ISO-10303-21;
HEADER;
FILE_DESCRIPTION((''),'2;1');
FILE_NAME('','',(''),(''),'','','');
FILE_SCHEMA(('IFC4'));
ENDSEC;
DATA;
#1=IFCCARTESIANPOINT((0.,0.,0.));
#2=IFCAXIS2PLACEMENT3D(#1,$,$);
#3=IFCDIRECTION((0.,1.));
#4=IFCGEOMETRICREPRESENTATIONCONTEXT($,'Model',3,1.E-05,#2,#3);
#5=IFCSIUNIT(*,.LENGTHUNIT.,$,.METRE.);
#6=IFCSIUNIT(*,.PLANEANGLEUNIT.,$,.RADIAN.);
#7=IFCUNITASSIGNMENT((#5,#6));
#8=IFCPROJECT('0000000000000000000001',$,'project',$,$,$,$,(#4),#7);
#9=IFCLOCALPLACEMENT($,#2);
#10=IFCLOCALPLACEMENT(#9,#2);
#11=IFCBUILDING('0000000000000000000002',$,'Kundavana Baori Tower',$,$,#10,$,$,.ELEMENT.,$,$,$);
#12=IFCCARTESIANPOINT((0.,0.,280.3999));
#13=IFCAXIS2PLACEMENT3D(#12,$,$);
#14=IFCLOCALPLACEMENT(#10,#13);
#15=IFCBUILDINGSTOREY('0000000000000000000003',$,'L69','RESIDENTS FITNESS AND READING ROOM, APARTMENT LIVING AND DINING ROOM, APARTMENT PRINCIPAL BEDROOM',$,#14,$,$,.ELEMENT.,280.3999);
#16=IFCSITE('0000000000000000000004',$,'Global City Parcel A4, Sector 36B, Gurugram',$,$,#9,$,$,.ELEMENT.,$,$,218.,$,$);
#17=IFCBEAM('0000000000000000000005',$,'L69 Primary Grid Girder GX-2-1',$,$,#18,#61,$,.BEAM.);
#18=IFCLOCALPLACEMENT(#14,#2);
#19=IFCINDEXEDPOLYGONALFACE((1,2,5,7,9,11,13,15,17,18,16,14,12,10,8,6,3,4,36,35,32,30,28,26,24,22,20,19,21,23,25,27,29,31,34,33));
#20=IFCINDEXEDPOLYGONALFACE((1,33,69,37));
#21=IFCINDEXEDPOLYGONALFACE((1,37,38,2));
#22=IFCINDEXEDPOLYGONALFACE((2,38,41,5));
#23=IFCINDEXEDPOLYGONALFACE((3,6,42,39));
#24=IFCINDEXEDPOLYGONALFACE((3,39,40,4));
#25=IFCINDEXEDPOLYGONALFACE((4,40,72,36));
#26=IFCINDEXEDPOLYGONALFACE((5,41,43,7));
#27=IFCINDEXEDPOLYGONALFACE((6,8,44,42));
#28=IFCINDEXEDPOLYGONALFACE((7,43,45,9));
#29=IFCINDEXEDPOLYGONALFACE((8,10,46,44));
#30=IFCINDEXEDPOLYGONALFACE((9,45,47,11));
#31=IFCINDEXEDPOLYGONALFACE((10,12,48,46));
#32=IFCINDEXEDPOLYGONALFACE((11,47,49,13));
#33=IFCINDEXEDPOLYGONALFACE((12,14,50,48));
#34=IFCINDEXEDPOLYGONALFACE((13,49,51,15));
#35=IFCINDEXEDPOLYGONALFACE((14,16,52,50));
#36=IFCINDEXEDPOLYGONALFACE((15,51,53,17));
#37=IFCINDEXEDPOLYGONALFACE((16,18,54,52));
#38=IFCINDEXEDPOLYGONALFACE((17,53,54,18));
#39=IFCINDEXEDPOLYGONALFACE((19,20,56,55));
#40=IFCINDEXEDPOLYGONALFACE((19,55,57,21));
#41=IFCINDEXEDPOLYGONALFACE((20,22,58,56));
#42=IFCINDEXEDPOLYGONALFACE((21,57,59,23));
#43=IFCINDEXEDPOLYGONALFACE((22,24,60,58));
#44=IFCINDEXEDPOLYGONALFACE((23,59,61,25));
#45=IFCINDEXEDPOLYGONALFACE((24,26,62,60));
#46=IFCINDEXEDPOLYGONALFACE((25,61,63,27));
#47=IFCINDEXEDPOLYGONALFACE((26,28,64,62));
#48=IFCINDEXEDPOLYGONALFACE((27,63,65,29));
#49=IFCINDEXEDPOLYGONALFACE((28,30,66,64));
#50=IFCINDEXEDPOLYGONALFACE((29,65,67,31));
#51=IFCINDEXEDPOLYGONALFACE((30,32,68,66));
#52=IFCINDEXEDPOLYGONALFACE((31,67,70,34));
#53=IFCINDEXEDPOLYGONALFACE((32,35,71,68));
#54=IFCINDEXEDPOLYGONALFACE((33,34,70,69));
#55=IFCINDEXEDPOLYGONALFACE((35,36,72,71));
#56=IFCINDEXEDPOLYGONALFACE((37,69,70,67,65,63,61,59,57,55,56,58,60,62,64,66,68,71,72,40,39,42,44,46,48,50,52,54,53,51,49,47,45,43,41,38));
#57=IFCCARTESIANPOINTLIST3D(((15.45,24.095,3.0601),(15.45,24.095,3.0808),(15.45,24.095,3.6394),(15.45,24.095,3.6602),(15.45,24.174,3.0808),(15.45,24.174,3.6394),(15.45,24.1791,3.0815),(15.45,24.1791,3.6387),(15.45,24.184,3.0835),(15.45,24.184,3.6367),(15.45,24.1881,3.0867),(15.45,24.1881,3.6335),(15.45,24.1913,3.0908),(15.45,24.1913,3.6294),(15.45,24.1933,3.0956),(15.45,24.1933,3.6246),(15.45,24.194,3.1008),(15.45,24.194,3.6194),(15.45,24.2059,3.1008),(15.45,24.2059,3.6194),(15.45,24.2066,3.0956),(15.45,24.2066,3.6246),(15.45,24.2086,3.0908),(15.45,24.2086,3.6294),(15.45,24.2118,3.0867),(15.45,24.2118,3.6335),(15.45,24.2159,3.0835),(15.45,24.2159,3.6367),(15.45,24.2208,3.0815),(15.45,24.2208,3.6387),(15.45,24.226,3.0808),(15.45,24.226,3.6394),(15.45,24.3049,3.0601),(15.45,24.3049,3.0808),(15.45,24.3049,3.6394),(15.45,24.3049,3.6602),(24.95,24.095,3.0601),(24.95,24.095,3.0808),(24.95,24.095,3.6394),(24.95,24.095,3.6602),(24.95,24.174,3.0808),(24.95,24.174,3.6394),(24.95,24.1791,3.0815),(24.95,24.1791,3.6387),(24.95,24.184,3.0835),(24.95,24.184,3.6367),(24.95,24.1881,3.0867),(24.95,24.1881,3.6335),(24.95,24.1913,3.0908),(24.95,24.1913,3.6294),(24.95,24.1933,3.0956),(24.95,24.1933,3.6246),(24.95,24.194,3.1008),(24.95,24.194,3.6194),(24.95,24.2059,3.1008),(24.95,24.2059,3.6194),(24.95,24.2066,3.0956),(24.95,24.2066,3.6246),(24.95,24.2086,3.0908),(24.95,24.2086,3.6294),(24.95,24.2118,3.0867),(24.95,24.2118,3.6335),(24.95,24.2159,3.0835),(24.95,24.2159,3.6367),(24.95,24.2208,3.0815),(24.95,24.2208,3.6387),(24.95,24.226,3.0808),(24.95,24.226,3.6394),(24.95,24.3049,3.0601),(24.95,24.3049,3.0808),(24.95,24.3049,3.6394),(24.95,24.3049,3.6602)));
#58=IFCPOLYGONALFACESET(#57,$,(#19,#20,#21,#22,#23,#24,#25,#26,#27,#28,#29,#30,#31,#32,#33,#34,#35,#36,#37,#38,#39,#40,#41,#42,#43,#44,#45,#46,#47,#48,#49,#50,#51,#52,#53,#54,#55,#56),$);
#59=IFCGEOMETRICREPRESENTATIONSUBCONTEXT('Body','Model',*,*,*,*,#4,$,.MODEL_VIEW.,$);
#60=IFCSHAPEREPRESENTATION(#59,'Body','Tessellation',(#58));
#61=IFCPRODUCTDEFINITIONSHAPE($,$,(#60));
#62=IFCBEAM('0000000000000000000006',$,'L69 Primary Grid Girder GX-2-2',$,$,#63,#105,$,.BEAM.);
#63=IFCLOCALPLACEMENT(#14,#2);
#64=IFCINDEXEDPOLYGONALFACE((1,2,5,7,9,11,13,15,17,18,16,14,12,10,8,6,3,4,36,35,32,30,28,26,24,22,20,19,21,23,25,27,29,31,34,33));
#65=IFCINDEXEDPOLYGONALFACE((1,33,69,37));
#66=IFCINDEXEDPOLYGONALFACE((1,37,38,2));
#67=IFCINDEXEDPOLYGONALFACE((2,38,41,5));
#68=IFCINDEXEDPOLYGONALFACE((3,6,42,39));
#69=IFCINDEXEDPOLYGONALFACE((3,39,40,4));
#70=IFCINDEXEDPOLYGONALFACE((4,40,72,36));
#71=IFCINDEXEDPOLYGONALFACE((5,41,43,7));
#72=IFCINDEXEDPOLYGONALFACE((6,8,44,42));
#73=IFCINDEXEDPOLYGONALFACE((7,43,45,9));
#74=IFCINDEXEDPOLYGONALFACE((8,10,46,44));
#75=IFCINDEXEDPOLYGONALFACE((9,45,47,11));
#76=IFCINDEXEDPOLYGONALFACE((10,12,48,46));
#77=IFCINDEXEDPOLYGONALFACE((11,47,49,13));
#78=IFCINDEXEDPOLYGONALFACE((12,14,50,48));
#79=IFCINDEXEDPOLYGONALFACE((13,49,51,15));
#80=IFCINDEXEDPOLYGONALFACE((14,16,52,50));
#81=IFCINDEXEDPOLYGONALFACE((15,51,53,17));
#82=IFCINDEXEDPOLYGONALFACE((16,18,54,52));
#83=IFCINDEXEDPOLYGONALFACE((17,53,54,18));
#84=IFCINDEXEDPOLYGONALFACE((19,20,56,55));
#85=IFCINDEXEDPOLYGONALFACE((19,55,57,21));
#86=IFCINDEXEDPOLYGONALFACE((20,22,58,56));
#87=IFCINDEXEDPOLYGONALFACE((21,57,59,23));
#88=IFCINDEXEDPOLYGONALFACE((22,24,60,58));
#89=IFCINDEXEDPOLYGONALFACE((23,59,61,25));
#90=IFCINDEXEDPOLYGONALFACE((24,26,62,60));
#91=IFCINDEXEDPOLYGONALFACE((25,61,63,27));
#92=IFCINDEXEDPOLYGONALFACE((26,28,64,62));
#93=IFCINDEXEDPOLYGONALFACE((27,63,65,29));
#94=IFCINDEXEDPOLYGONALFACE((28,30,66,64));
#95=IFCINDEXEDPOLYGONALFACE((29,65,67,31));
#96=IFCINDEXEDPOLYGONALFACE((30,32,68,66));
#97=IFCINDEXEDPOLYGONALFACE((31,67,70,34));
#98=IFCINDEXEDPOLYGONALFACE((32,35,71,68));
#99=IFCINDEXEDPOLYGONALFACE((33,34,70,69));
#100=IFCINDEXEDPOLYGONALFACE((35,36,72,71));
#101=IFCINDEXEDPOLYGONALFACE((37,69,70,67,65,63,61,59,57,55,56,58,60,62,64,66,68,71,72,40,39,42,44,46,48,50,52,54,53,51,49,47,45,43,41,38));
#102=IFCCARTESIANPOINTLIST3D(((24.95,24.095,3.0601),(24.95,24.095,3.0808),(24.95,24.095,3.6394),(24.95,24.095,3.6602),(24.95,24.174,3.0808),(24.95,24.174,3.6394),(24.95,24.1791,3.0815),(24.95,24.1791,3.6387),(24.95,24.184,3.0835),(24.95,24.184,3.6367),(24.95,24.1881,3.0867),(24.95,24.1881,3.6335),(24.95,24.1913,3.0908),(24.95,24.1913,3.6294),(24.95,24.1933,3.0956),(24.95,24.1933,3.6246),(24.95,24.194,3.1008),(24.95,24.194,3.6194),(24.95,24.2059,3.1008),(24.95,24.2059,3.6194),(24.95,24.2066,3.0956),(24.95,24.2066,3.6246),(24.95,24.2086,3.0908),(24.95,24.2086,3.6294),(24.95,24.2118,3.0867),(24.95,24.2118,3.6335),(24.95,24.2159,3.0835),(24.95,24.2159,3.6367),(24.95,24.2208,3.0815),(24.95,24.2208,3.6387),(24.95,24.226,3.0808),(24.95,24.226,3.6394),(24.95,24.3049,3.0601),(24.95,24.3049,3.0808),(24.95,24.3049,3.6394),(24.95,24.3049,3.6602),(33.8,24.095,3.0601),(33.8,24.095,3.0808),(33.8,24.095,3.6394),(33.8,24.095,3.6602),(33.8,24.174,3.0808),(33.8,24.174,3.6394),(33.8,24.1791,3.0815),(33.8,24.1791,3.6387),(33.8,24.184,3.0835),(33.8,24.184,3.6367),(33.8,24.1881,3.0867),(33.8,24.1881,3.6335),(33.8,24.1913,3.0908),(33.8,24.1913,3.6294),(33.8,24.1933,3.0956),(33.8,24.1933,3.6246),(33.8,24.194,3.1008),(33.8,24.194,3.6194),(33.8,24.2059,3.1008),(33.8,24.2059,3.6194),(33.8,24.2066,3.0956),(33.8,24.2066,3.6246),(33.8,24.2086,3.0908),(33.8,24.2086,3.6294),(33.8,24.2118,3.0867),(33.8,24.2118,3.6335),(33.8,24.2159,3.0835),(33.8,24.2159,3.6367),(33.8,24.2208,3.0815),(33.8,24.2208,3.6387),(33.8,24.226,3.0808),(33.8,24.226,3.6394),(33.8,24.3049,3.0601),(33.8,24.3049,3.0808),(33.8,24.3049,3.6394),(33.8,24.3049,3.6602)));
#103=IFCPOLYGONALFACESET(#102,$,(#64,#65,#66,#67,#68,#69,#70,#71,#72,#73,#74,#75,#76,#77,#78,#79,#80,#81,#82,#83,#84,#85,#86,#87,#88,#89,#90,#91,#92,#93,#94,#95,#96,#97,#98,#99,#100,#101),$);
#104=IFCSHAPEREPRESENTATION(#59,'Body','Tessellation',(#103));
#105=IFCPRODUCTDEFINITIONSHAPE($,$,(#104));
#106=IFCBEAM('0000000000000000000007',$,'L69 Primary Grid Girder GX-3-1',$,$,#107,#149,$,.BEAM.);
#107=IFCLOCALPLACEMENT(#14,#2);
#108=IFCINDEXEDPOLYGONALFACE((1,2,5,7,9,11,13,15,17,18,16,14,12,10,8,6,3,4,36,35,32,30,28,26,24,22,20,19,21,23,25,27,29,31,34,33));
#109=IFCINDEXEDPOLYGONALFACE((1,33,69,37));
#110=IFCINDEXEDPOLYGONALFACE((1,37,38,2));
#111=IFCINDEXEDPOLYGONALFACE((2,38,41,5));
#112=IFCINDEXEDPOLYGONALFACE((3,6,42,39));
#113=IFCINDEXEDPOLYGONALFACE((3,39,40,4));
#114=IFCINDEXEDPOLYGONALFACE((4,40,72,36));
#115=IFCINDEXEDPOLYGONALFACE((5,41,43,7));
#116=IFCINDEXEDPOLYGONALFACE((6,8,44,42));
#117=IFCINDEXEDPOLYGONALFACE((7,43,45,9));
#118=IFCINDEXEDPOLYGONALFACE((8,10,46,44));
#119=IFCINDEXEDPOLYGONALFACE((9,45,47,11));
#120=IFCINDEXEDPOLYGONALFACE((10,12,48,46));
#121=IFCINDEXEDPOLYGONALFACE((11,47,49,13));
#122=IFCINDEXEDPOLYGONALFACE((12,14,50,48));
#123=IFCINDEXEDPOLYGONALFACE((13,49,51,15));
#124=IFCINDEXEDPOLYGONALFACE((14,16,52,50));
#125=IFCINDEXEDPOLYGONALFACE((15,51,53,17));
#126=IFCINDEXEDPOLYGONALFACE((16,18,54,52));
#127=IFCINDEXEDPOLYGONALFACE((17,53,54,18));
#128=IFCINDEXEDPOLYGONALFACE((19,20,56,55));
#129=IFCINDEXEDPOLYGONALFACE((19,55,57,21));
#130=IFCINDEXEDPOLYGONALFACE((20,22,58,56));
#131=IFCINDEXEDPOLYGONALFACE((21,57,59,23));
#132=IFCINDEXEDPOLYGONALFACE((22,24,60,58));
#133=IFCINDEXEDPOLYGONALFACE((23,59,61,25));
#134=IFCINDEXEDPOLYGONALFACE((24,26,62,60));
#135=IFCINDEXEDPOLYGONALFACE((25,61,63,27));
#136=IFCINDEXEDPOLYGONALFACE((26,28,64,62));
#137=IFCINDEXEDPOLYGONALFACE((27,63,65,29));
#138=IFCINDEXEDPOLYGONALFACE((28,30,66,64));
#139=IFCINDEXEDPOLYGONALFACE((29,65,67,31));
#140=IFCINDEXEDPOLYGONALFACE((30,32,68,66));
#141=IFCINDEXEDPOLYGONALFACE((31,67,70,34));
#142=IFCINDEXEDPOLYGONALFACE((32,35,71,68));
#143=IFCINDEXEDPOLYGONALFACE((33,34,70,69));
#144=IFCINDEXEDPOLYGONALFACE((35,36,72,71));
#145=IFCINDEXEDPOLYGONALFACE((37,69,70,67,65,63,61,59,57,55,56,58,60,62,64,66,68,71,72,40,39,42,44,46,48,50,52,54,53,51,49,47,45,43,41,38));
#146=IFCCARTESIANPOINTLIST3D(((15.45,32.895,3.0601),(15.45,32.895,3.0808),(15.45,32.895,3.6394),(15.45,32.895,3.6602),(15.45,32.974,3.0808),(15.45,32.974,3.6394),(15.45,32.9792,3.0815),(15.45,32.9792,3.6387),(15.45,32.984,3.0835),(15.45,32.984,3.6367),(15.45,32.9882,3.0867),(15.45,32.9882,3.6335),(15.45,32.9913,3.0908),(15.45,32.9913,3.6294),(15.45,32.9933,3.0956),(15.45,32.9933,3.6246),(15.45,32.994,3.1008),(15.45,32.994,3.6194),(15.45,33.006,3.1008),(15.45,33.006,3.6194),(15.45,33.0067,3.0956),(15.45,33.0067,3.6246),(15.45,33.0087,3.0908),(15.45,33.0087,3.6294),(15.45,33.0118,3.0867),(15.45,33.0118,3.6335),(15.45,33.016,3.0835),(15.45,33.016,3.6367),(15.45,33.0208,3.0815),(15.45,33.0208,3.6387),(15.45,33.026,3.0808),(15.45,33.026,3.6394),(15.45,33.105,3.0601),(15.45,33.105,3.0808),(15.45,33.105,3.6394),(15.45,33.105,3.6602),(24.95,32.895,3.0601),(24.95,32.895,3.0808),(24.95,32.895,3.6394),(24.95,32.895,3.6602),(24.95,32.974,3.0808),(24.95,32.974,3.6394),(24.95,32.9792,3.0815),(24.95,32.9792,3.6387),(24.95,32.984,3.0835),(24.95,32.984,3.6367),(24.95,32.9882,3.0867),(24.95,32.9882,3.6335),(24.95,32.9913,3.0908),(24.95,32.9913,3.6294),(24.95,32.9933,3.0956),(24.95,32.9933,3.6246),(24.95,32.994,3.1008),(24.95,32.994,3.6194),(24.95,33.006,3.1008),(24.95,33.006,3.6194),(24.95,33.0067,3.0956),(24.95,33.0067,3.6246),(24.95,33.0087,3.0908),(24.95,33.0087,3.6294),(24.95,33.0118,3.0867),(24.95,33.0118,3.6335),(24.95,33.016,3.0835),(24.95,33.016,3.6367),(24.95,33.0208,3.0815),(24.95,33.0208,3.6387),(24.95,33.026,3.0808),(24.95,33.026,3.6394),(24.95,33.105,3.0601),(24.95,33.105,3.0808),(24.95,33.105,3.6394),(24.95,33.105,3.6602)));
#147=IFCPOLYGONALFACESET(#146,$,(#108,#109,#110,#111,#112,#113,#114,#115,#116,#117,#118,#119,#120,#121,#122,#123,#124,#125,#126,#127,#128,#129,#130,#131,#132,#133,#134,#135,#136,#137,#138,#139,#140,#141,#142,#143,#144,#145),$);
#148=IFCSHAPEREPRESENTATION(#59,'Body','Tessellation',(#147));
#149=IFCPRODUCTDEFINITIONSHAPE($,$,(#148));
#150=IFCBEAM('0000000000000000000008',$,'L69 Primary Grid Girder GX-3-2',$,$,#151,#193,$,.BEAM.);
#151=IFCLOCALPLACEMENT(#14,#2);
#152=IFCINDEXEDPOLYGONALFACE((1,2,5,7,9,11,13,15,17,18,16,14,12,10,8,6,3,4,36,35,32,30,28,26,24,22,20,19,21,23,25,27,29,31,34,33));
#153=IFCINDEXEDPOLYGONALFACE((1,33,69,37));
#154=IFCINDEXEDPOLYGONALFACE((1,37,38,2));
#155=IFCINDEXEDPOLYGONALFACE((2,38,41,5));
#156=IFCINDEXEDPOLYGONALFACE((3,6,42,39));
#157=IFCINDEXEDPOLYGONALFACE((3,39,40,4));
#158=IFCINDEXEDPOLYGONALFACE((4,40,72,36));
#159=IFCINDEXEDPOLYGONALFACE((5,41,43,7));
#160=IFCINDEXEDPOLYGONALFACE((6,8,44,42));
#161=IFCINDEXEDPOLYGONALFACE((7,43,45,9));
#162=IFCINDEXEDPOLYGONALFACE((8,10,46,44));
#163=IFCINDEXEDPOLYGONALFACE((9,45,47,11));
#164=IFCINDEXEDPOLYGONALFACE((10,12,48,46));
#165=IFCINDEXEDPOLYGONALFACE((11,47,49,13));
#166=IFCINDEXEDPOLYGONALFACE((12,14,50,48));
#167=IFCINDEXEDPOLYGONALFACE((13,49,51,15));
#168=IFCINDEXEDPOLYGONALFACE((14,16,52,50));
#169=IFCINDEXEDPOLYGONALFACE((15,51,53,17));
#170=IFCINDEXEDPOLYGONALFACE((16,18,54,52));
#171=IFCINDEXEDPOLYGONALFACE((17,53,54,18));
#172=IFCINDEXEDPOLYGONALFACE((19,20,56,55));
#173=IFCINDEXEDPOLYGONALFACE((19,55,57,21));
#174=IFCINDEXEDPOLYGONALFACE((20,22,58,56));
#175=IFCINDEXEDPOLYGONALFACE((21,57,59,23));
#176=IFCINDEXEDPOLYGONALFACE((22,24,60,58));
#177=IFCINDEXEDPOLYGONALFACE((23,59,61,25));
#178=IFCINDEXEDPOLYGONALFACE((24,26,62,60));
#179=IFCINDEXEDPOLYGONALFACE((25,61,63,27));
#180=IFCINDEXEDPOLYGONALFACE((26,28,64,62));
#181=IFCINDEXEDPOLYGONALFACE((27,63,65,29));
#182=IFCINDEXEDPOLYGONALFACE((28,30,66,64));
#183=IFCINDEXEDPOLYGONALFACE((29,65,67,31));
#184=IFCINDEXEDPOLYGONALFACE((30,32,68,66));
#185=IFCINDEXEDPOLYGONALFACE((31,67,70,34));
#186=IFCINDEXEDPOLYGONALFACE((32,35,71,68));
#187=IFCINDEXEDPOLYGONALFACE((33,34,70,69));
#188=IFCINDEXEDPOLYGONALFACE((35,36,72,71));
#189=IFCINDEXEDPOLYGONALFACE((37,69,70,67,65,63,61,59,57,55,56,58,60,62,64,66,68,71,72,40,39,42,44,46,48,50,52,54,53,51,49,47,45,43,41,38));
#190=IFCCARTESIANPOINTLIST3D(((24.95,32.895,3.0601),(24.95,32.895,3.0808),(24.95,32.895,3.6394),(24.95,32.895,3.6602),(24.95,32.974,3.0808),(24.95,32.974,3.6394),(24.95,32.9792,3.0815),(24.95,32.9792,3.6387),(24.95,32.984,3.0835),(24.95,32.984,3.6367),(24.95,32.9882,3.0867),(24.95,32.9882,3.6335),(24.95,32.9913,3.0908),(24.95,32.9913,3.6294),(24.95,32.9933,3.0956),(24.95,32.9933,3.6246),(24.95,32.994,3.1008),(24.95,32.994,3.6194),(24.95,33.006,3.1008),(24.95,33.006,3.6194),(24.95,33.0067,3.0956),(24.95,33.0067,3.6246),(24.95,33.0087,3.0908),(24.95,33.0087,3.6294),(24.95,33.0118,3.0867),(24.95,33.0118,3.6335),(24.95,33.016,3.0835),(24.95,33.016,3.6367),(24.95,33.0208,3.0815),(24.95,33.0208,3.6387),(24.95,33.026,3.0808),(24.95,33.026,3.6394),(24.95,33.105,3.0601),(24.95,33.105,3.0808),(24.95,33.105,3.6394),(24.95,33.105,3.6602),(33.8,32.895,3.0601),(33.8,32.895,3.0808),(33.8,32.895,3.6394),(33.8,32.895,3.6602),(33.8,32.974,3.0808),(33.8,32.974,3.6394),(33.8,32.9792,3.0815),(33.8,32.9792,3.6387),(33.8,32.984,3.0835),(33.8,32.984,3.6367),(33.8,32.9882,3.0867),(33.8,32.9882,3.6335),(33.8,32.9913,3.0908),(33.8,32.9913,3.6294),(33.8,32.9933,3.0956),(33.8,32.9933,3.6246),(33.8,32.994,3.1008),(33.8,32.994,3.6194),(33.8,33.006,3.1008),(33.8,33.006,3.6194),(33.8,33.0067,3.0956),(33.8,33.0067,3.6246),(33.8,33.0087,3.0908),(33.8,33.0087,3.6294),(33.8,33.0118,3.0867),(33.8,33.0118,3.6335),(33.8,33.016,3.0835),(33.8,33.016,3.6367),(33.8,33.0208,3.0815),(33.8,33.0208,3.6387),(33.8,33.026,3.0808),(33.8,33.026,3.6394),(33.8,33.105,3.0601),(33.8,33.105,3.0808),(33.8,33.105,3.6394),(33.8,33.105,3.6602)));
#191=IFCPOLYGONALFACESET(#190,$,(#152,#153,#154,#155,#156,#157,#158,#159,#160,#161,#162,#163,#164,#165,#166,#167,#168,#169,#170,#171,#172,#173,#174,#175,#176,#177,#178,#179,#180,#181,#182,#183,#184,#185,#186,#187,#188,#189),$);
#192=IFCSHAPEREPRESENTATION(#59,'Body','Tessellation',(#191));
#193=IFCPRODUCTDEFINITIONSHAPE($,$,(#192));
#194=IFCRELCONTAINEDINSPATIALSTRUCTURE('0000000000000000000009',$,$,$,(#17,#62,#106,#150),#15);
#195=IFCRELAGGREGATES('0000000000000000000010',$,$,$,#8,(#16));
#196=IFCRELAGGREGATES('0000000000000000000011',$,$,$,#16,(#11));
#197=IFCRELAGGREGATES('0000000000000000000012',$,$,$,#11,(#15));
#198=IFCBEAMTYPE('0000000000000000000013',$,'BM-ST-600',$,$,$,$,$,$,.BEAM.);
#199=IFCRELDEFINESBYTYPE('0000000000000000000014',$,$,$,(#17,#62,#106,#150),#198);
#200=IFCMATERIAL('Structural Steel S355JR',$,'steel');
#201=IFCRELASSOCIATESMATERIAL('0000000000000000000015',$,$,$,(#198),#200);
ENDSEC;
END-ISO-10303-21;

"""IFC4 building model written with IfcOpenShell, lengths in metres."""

from ifc_helpers import new_model, si_unit, direction, frame, origin, origin_2d, place, context, subcontext, project, spatial, i_section, extrude, material, material_profile, profile_set, type_object, element, save


model = new_model("IFC4")

# Units and contexts
model_context = context("Model", 3, precision=1e-05, world=origin(), true_north=direction((0.0, 1.0)))
body_context = subcontext(model_context, "Body", "Model", "MODEL_VIEW")
ifc_project = project(units=[si_unit("LENGTHUNIT", "METRE"), si_unit("PLANEANGLEUNIT", "RADIAN")], contexts=[model_context])

# Site, building, storey
site_placement = place(None, origin())
site = spatial("IfcSite", under=ifc_project, at=site_placement, Name="Global City Parcel A4, Sector 36B, Gurugram", CompositionType="ELEMENT", RefElevation=218.0)
building_placement = place(site_placement, origin())
building = spatial("IfcBuilding", under=site, at=building_placement, Name="Kundavana Baori Tower", CompositionType="ELEMENT")
storey_placement = place(building_placement, frame((0.0, 0.0, 280.3999)))
storey = spatial("IfcBuildingStorey", under=building, at=storey_placement, Name="L69", Description="RESIDENTS FITNESS AND READING ROOM, APARTMENT LIVING AND DINING ROOM, APARTMENT PRINCIPAL BEDROOM", CompositionType="ELEMENT", Elevation=280.3999)

# Beams
ifc_material_1 = material(Name="Structural Steel S355JR", Category="steel")
ifc_material_profile_1 = material_profile(ifc_material_1, i_section(OverallWidth=0.21, OverallDepth=0.6001, WebThickness=0.012, FlangeThickness=0.0208, FilletRadius=0.02, at=origin_2d()), Name="ISMB 600")
ifc_profile_set_1 = profile_set([ifc_material_profile_1], Name="Structural Steel S355JR")
beam_type_1 = type_object("IfcBeamType", Name="BM-ST-600", PredefinedType="BEAM", material=ifc_profile_set_1)
beam_1_placement = place(storey_placement, frame((15.45, 24.2, 3.3601), z_axis=(1.0, 0.0, 0.0), x_axis=(0.0, 1.0, 0.0)))
element("IfcBeam", 1, at=beam_1_placement, inside=storey, type_object=beam_type_1, Name="L69 Primary Grid Girder GX-2-1", PredefinedType="BEAM", context=body_context, shape_type="SweptSolid", body=[
    extrude(i_section(OverallWidth=0.21, OverallDepth=0.6001, WebThickness=0.012, FlangeThickness=0.0208, FilletRadius=0.02, at=origin_2d()), origin(), (0.0, 0.0, 1.0), 9.5),
])
beam_2_placement = place(storey_placement, frame((24.95, 24.2, 3.3601), z_axis=(1.0, 0.0, 0.0), x_axis=(0.0, 1.0, 0.0)))
element("IfcBeam", 2, at=beam_2_placement, inside=storey, type_object=beam_type_1, Name="L69 Primary Grid Girder GX-2-2", PredefinedType="BEAM", context=body_context, shape_type="SweptSolid", body=[
    extrude(i_section(OverallWidth=0.21, OverallDepth=0.6001, WebThickness=0.012, FlangeThickness=0.0208, FilletRadius=0.02, at=origin_2d()), origin(), (0.0, 0.0, 1.0), 8.8501),
])
beam_3_placement = place(storey_placement, frame((15.45, 33.0, 3.3601), z_axis=(1.0, 0.0, 0.0), x_axis=(0.0, 1.0, 0.0)))
element("IfcBeam", 3, at=beam_3_placement, inside=storey, type_object=beam_type_1, Name="L69 Primary Grid Girder GX-3-1", PredefinedType="BEAM", context=body_context, shape_type="SweptSolid", body=[
    extrude(i_section(OverallWidth=0.21, OverallDepth=0.6001, WebThickness=0.012, FlangeThickness=0.0208, FilletRadius=0.02, at=origin_2d()), origin(), (0.0, 0.0, 1.0), 9.5),
])
beam_4_placement = place(storey_placement, frame((24.95, 33.0, 3.3601), z_axis=(1.0, 0.0, 0.0), x_axis=(0.0, 1.0, 0.0)))
element("IfcBeam", 4, at=beam_4_placement, inside=storey, type_object=beam_type_1, Name="L69 Primary Grid Girder GX-3-2", PredefinedType="BEAM", context=body_context, shape_type="SweptSolid", body=[
    extrude(i_section(OverallWidth=0.21, OverallDepth=0.6001, WebThickness=0.012, FlangeThickness=0.0208, FilletRadius=0.02, at=origin_2d()), origin(), (0.0, 0.0, 1.0), 8.8501),
])

save(model, "model.ifc")
